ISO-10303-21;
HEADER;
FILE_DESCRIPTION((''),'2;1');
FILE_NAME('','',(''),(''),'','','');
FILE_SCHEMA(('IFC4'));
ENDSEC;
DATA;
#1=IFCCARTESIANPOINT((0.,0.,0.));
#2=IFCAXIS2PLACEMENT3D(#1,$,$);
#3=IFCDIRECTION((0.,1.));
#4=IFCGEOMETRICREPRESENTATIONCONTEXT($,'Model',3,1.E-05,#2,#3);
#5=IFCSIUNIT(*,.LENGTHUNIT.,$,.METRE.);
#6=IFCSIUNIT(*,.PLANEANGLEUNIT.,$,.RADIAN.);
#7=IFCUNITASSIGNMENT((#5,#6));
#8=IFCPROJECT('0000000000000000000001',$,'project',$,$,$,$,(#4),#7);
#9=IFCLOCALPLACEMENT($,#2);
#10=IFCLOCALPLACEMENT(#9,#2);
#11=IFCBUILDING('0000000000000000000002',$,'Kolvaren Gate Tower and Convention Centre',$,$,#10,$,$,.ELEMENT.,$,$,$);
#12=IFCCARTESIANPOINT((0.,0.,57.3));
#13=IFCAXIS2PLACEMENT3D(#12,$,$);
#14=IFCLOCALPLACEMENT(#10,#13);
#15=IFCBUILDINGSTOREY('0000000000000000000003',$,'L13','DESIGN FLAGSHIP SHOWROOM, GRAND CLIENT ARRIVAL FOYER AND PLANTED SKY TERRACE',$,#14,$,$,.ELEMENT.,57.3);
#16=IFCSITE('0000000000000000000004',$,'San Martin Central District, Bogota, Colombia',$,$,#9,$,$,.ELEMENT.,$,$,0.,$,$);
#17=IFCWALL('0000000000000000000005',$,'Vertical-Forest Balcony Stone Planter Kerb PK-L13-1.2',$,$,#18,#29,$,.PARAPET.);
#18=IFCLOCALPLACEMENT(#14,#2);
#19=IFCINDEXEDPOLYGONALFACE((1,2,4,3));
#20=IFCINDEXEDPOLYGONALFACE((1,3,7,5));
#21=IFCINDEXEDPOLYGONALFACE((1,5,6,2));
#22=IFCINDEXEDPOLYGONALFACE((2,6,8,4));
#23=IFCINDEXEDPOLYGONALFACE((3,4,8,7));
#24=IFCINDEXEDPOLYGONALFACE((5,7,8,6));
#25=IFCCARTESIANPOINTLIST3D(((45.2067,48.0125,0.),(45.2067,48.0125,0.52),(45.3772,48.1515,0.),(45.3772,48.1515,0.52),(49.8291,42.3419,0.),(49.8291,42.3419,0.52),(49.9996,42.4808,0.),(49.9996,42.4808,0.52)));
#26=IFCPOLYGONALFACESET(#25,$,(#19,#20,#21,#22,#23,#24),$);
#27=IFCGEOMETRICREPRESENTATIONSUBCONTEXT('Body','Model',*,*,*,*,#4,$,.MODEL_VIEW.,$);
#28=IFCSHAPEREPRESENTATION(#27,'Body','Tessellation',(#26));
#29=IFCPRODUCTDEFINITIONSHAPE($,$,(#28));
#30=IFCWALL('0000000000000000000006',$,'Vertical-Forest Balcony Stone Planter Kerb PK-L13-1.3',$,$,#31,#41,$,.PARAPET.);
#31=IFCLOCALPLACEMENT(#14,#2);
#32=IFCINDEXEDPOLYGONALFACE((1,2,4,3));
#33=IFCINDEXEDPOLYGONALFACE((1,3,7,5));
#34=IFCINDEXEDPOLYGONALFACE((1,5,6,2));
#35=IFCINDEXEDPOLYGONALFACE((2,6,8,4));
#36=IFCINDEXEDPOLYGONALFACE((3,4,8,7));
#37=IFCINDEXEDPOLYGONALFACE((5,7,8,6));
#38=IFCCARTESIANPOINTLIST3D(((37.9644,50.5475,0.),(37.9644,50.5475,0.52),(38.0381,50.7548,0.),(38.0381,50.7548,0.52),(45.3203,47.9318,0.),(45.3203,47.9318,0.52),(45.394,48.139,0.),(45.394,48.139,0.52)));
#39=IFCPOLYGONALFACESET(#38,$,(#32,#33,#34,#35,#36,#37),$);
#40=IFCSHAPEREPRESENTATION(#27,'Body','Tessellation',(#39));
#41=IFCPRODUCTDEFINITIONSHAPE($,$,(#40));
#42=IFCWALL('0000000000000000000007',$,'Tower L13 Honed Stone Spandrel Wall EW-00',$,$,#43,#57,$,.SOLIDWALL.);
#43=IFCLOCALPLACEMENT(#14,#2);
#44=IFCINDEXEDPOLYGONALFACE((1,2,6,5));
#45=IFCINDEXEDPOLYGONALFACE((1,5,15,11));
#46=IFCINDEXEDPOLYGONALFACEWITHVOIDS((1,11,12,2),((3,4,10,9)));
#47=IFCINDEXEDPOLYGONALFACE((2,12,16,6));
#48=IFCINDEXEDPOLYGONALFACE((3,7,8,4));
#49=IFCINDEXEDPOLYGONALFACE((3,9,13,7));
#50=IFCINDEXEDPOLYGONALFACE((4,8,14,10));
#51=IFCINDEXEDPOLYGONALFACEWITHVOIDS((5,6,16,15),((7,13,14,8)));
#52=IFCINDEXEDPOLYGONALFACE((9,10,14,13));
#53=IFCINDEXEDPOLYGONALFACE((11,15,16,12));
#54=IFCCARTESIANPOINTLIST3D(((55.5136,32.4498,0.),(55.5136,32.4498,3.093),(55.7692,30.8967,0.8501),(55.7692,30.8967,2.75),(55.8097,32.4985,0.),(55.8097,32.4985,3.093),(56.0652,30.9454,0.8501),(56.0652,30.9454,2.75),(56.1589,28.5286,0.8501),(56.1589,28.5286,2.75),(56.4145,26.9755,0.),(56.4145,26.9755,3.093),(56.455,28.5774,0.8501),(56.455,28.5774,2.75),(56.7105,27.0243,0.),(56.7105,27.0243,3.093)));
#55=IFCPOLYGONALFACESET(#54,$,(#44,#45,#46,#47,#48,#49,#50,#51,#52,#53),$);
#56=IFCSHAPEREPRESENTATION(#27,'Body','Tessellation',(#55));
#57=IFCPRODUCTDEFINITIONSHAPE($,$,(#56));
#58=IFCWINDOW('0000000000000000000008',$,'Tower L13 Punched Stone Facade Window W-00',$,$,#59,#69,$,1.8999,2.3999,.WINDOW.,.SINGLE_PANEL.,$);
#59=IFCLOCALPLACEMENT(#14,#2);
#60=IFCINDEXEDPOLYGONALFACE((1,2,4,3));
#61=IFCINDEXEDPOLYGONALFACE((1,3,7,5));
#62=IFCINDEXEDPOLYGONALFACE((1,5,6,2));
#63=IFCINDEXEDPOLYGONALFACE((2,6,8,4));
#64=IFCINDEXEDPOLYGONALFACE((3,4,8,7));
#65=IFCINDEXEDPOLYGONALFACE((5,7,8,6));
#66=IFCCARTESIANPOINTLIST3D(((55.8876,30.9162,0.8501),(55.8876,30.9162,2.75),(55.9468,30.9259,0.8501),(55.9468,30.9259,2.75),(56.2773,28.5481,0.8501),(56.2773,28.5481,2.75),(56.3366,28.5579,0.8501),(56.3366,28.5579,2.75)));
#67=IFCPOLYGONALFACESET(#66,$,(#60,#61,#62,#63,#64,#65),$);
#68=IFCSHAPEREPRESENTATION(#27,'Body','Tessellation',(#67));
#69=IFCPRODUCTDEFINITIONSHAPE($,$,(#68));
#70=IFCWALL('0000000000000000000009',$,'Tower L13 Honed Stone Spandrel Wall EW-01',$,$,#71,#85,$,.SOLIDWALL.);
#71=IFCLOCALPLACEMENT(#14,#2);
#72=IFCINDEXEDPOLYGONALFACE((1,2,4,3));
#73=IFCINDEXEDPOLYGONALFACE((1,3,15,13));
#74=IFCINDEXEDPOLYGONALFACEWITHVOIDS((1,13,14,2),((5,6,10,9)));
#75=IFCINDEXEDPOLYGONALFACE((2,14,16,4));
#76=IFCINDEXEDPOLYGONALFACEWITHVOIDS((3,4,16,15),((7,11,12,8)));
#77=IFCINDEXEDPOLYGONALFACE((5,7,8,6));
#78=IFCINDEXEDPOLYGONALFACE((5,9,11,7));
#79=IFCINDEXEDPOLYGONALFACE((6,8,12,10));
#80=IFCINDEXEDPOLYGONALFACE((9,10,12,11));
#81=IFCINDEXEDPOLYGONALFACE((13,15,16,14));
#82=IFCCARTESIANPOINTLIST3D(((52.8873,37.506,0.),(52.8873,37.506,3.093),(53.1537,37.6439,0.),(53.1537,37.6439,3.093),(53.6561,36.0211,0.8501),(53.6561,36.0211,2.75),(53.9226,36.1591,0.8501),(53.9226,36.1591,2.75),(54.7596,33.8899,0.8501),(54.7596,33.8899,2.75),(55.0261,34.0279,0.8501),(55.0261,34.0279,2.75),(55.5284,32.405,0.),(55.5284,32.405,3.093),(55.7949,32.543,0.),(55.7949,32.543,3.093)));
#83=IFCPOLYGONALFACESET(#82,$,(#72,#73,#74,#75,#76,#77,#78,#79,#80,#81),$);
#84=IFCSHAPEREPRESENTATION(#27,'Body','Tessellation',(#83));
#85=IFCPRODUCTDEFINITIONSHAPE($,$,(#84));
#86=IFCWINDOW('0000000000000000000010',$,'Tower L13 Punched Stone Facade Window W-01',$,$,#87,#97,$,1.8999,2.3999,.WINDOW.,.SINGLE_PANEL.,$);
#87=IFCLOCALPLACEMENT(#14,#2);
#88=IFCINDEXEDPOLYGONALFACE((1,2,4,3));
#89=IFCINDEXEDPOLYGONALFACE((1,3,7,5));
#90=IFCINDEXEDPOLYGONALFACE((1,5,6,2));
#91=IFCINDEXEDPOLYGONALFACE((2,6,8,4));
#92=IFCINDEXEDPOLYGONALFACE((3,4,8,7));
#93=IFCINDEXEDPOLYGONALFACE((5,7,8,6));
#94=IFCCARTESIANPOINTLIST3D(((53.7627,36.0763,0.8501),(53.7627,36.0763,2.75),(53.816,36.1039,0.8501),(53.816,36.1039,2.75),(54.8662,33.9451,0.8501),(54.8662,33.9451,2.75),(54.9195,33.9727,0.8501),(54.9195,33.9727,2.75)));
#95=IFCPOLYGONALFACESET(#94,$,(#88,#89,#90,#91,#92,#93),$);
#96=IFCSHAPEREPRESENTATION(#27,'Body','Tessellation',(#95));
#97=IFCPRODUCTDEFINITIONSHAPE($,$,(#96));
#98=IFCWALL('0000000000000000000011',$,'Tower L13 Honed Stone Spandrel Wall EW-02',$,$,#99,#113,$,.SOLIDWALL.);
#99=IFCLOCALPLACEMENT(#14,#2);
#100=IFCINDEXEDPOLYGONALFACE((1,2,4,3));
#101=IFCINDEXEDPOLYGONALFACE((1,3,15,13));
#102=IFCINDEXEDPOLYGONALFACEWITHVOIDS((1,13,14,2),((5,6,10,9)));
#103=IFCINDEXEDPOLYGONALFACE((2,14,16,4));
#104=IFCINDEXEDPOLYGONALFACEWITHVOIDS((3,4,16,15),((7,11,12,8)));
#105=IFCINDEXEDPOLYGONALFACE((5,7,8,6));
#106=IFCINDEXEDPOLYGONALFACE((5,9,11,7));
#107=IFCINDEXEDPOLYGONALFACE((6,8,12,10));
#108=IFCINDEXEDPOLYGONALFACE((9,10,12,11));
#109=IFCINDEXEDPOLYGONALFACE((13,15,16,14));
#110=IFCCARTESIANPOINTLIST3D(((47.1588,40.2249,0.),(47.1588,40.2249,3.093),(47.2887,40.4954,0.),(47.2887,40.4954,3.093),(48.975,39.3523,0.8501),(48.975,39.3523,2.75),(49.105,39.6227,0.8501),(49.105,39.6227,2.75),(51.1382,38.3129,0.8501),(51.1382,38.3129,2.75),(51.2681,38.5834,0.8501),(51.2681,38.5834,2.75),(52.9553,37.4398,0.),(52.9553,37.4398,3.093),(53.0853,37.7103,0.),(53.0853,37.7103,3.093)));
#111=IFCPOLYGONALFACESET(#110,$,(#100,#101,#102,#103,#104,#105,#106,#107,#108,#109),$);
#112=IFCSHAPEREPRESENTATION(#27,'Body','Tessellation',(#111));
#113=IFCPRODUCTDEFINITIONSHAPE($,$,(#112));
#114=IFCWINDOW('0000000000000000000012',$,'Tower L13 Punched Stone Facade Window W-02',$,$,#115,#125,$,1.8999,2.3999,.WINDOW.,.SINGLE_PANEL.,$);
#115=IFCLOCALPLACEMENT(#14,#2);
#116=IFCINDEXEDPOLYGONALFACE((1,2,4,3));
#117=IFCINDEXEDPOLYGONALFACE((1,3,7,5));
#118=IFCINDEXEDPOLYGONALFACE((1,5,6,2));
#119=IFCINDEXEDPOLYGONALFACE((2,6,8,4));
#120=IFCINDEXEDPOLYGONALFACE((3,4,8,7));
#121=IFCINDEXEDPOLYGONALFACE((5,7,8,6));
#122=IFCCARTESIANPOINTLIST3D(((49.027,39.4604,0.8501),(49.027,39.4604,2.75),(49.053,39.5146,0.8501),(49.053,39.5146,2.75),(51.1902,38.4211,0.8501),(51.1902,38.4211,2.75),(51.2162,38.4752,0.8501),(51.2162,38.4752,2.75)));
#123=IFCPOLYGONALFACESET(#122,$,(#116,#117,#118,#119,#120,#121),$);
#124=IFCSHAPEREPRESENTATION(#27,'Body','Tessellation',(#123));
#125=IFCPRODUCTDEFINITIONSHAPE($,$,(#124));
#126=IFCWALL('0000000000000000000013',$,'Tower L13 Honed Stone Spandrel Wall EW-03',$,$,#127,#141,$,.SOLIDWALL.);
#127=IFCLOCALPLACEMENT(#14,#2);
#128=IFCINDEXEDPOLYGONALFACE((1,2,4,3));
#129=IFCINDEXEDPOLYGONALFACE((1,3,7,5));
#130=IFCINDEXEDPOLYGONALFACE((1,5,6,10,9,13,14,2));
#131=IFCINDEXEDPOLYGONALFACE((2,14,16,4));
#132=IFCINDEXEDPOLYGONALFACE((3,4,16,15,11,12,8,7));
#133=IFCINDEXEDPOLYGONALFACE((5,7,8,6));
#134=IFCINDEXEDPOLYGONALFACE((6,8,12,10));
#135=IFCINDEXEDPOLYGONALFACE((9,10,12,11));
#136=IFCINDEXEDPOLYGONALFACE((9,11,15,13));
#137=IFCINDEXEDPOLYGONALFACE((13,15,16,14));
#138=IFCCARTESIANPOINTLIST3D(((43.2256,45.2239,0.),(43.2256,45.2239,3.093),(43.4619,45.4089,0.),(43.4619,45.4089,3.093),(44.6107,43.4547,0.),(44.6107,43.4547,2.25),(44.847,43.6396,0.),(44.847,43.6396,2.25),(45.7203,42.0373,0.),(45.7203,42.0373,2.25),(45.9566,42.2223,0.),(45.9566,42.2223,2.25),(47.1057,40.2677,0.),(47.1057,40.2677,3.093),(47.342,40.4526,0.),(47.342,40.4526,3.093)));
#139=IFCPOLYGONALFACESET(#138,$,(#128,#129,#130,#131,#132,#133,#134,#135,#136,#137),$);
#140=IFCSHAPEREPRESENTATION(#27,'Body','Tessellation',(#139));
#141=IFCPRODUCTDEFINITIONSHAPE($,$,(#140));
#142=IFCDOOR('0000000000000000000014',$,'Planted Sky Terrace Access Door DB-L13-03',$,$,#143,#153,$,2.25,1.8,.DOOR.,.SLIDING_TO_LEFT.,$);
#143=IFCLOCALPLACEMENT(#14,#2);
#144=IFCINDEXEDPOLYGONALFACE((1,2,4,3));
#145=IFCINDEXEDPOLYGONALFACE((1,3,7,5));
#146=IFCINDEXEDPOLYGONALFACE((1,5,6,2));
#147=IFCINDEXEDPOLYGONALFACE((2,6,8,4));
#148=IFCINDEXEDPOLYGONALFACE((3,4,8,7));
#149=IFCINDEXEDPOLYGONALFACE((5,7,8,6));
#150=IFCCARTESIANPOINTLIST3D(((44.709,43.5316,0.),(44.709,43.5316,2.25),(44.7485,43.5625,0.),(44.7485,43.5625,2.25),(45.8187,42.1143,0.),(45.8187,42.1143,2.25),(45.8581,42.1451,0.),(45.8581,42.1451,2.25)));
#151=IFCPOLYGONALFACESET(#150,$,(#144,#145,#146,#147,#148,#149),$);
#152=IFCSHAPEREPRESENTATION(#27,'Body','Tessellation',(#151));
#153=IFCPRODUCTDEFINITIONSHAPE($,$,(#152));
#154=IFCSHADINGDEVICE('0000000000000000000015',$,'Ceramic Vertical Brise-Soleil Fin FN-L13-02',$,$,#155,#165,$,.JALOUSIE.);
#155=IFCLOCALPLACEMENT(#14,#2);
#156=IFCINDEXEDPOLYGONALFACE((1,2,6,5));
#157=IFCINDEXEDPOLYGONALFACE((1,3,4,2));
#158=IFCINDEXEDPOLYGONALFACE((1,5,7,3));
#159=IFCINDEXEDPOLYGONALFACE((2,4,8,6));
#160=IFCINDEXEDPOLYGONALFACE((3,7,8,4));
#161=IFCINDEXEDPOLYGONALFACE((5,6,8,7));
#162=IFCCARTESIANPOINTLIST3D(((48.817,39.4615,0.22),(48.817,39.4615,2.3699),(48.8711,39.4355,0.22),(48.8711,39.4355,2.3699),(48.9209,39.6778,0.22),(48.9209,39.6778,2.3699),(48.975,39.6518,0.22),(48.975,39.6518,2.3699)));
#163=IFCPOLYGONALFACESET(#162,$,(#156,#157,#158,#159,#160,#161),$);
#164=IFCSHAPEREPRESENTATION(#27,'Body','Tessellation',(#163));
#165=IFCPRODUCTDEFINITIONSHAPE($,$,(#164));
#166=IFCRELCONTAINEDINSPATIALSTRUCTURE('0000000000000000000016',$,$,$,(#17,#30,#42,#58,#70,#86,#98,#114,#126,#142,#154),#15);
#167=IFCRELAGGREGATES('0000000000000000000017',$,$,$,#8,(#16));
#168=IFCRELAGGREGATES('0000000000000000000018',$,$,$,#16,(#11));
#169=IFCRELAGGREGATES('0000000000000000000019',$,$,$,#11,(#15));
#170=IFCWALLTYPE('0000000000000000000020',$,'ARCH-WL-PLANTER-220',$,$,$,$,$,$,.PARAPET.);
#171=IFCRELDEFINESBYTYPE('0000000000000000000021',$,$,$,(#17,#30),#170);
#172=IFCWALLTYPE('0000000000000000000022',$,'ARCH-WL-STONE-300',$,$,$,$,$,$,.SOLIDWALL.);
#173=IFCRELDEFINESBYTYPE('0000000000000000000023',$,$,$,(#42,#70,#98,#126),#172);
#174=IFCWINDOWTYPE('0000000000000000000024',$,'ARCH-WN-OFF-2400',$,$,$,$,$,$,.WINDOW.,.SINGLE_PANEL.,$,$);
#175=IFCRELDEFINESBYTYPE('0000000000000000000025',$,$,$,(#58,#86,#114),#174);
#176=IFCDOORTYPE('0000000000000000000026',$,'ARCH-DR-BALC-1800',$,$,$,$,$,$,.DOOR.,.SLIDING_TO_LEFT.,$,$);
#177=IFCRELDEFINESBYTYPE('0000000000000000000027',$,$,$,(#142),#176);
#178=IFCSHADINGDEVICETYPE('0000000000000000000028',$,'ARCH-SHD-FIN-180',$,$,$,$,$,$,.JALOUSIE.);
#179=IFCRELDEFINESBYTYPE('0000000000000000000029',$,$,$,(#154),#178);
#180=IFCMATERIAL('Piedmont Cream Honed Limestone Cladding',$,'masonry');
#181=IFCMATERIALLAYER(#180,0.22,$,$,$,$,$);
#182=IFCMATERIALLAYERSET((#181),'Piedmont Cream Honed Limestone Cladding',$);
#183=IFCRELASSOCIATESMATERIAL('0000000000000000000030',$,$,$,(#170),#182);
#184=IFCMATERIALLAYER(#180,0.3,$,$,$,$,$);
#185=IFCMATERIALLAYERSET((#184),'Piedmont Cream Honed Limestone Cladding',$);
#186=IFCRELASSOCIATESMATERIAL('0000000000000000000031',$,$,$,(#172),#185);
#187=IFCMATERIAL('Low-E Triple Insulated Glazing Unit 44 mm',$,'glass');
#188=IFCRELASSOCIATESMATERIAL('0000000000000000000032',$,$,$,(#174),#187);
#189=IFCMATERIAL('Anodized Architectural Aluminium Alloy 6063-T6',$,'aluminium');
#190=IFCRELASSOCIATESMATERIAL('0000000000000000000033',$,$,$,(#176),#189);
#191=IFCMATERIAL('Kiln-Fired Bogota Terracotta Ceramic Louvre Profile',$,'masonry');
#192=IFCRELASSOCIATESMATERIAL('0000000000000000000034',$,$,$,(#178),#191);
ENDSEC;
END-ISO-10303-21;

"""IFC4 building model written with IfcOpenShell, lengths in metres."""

from ifc_helpers import new_model, si_unit, direction, frame, frame_2d, origin, origin_2d, place, context, subcontext, project, spatial, rectangle, extrude, material, layer, layer_set, type_object, element, fill, save


model = new_model("IFC4")

# Units and contexts
model_context = context("Model", 3, precision=1e-05, world=origin(), true_north=direction((0.0, 1.0)))
body_context = subcontext(model_context, "Body", "Model", "MODEL_VIEW")
ifc_project = project(units=[si_unit("LENGTHUNIT", "METRE"), si_unit("PLANEANGLEUNIT", "RADIAN")], contexts=[model_context])

# Site, building, storey
site_placement = place(None, origin())
site = spatial("IfcSite", under=ifc_project, at=site_placement, Name="San Martin Central District, Bogota, Colombia", CompositionType="ELEMENT", RefElevation=0.0)
building_placement = place(site_placement, origin())
building = spatial("IfcBuilding", under=site, at=building_placement, Name="Kolvaren Gate Tower and Convention Centre", CompositionType="ELEMENT")
storey_placement = place(building_placement, frame((0.0, 0.0, 57.3)))
storey = spatial("IfcBuildingStorey", under=building, at=storey_placement, Name="L13", Description="DESIGN FLAGSHIP SHOWROOM, GRAND CLIENT ARRIVAL FOYER AND PLANTED SKY TERRACE", CompositionType="ELEMENT", Elevation=57.3)

# Walls
ifc_material_1 = material(Name="Piedmont Cream Honed Limestone Cladding", Category="masonry")
ifc_layer_1 = layer(ifc_material_1, 0.22)
ifc_layer_set_1 = layer_set([ifc_layer_1], Name="Piedmont Cream Honed Limestone Cladding")
wall_type_1 = type_object("IfcWallType", Name="ARCH-WL-PLANTER-220", PredefinedType="PARAPET", material=ifc_layer_set_1)
wall_1_placement = place(storey_placement, frame((45.292, 48.082, 0.0), z_axis=(0.0, 0.0, 1.0), x_axis=(0.631819, -0.775116, 0.0)))
element("IfcWall", 1, at=wall_1_placement, inside=storey, type_object=wall_type_1, Name="Vertical-Forest Balcony Stone Planter Kerb PK-L13-1.2", PredefinedType="PARAPET", context=body_context, shape_type="SweptSolid", body=[
    extrude(rectangle(XDim=7.3159, YDim=0.22, at=frame_2d((3.658, 0.0))), origin(), (0.0, 0.0, 1.0), 0.52),
])
wall_2_placement = place(storey_placement, frame((38.0012, 50.6511, 0.0), z_axis=(0.0, 0.0, 1.0), x_axis=(0.942204, -0.335041, 0.0)))
element("IfcWall", 2, at=wall_2_placement, inside=storey, type_object=wall_type_1, Name="Vertical-Forest Balcony Stone Planter Kerb PK-L13-1.3", PredefinedType="PARAPET", context=body_context, shape_type="SweptSolid", body=[
    extrude(rectangle(XDim=7.8071, YDim=0.22, at=frame_2d((3.9036, 0.0))), origin(), (0.0, 0.0, 1.0), 0.52),
])

# Walls, openings, windows
ifc_layer_2 = layer(ifc_material_1, 0.3)
ifc_layer_set_2 = layer_set([ifc_layer_2], Name="Piedmont Cream Honed Limestone Cladding")
wall_type_2 = type_object("IfcWallType", Name="ARCH-WL-STONE-300", PredefinedType="SOLIDWALL", material=ifc_layer_set_2)
wall_3_placement = place(storey_placement, frame((55.6616, 32.4741, 0.0), z_axis=(0.0, 0.0, 1.0), x_axis=(0.162386, -0.986727, 0.0)))
wall_3 = element("IfcWall", 3, at=wall_3_placement, inside=storey, type_object=wall_type_2, Name="Tower L13 Honed Stone Spandrel Wall EW-00", PredefinedType="SOLIDWALL", context=body_context, shape_type="SweptSolid", body=[
    extrude(rectangle(XDim=5.5479, YDim=0.3, at=frame_2d((2.7739, 0.0))), origin(), (0.0, 0.0, 1.0), 3.093),
])
opening_1_placement = place(wall_3_placement, frame((1.574, 0.0, 0.8501)))
opening_1 = element("IfcOpeningElement", 4, at=opening_1_placement, cuts=wall_3, PredefinedType="OPENING", context=body_context, shape_type="SweptSolid", body=[
    extrude(rectangle(XDim=2.3999, YDim=1.8999, at=frame_2d((1.2, 0.95))), frame((0.0, 0.1599, 0.0), z_axis=(0.0, -1.0, 0.0), x_axis=(1.0, 0.0, 0.0)), (0.0, 0.0, 1.0), 0.3201),
])
ifc_material_2 = material(Name="Low-E Triple Insulated Glazing Unit 44 mm", Category="glass")
window_type = type_object("IfcWindowType", Name="ARCH-WN-OFF-2400", PartitioningType="SINGLE_PANEL", PredefinedType="WINDOW", material=ifc_material_2)
window_1_placement = place(opening_1_placement, origin())
window_1 = element("IfcWindow", 5, at=window_1_placement, inside=storey, type_object=window_type, Name="Tower L13 Punched Stone Facade Window W-00", OverallHeight=1.8999, OverallWidth=2.3999, PartitioningType="SINGLE_PANEL", PredefinedType="WINDOW", context=body_context, shape_type="SweptSolid", body=[
    extrude(rectangle(XDim=2.3999, YDim=1.8999, at=frame_2d((1.2, 0.95))), frame((0.0, 0.03, 0.0), z_axis=(0.0, -1.0, 0.0), x_axis=(1.0, 0.0, 0.0)), (0.0, 0.0, 1.0), 0.0601),
])
fill(opening_1, window_1)
wall_4_placement = place(storey_placement, frame((53.0205, 37.575, 0.0), z_axis=(0.0, 0.0, 1.0), x_axis=(0.459801, -0.888022, 0.0)))
wall_4 = element("IfcWall", 6, at=wall_4_placement, inside=storey, type_object=wall_type_2, Name="Tower L13 Honed Stone Spandrel Wall EW-01", PredefinedType="SOLIDWALL", context=body_context, shape_type="SweptSolid", body=[
    extrude(rectangle(XDim=5.7441, YDim=0.3, at=frame_2d((2.8721, 0.0))), origin(), (0.0, 0.0, 1.0), 3.093),
])
opening_2_placement = place(wall_4_placement, frame((1.6721, 0.0, 0.8501)))
opening_2 = element("IfcOpeningElement", 7, at=opening_2_placement, cuts=wall_4, PredefinedType="OPENING", context=body_context, shape_type="SweptSolid", body=[
    extrude(rectangle(XDim=2.3999, YDim=1.8999, at=frame_2d((1.2, 0.95))), frame((0.0, 0.1599, 0.0), z_axis=(0.0, -1.0, 0.0), x_axis=(1.0, 0.0, 0.0)), (0.0, 0.0, 1.0), 0.3201),
])
window_2_placement = place(opening_2_placement, origin())
window_2 = element("IfcWindow", 8, at=window_2_placement, inside=storey, type_object=window_type, Name="Tower L13 Punched Stone Facade Window W-01", OverallHeight=1.8999, OverallWidth=2.3999, PartitioningType="SINGLE_PANEL", PredefinedType="WINDOW", context=body_context, shape_type="SweptSolid", body=[
    extrude(rectangle(XDim=2.3999, YDim=1.8999, at=frame_2d((1.2, 0.95))), frame((0.0, 0.03, 0.0), z_axis=(0.0, -1.0, 0.0), x_axis=(1.0, 0.0, 0.0)), (0.0, 0.0, 1.0), 0.0601),
])
fill(opening_2, window_2)
wall_5_placement = place(storey_placement, frame((47.2239, 40.3601, 0.0), z_axis=(0.0, 0.0, 1.0), x_axis=(0.901355, -0.433082, 0.0)))
wall_5 = element("IfcWall", 9, at=wall_5_placement, inside=storey, type_object=wall_type_2, Name="Tower L13 Honed Stone Spandrel Wall EW-02", PredefinedType="SOLIDWALL", context=body_context, shape_type="SweptSolid", body=[
    extrude(rectangle(XDim=6.4309, YDim=0.3, at=frame_2d((3.2153, 0.0))), origin(), (0.0, 0.0, 1.0), 3.093),
])
opening_3_placement = place(wall_5_placement, frame((2.0149, 0.0, 0.8501)))
opening_3 = element("IfcOpeningElement", 10, at=opening_3_placement, cuts=wall_5, PredefinedType="OPENING", context=body_context, shape_type="SweptSolid", body=[
    extrude(rectangle(XDim=2.3999, YDim=1.8999, at=frame_2d((1.2, 0.95))), frame((0.0, 0.1599, 0.0), z_axis=(0.0, -1.0, 0.0), x_axis=(1.0, 0.0, 0.0)), (0.0, 0.0, 1.0), 0.3201),
])
window_3_placement = place(opening_3_placement, origin())
window_3 = element("IfcWindow", 11, at=window_3_placement, inside=storey, type_object=window_type, Name="Tower L13 Punched Stone Facade Window W-02", OverallHeight=1.8999, OverallWidth=2.3999, PartitioningType="SINGLE_PANEL", PredefinedType="WINDOW", context=body_context, shape_type="SweptSolid", body=[
    extrude(rectangle(XDim=2.3999, YDim=1.8999, at=frame_2d((1.2, 0.95))), frame((0.0, 0.03, 0.0), z_axis=(0.0, -1.0, 0.0), x_axis=(1.0, 0.0, 0.0)), (0.0, 0.0, 1.0), 0.0601),
])
fill(opening_3, window_3)

# Wall, opening, door
wall_6_placement = place(storey_placement, frame((43.3438, 45.3164, 0.0), z_axis=(0.0, 0.0, 1.0), x_axis=(0.616435, -0.787406, 0.0)))
wall_6 = element("IfcWall", 12, at=wall_6_placement, inside=storey, type_object=wall_type_2, Name="Tower L13 Honed Stone Spandrel Wall EW-03", PredefinedType="SOLIDWALL", context=body_context, shape_type="SweptSolid", body=[
    extrude(rectangle(XDim=6.2944, YDim=0.3, at=frame_2d((3.1472, 0.0))), origin(), (0.0, 0.0, 1.0), 3.093),
])
opening_4_placement = place(wall_6_placement, frame((2.2471, 0.0, 0.0)))
opening_4 = element("IfcOpeningElement", 13, at=opening_4_placement, cuts=wall_6, PredefinedType="OPENING", context=body_context, shape_type="SweptSolid", body=[
    extrude(rectangle(XDim=1.8, YDim=2.25, at=frame_2d((0.8999, 1.125))), frame((0.0, 0.1599, 0.0), z_axis=(0.0, -1.0, 0.0), x_axis=(1.0, 0.0, 0.0)), (0.0, 0.0, 1.0), 0.3201),
])
ifc_material_3 = material(Name="Anodized Architectural Aluminium Alloy 6063-T6", Category="aluminium")
door_type = type_object("IfcDoorType", Name="ARCH-DR-BALC-1800", OperationType="SLIDING_TO_LEFT", PredefinedType="DOOR", material=ifc_material_3)
door_placement = place(opening_4_placement, origin())
door = element("IfcDoor", 14, at=door_placement, inside=storey, type_object=door_type, Name="Planted Sky Terrace Access Door DB-L13-03", OperationType="SLIDING_TO_LEFT", OverallHeight=2.25, OverallWidth=1.8, PredefinedType="DOOR", context=body_context, shape_type="SweptSolid", body=[
    extrude(rectangle(XDim=1.8, YDim=2.25, at=frame_2d((0.8999, 1.125))), frame((0.0, 0.0249, 0.0), z_axis=(0.0, -1.0, 0.0), x_axis=(1.0, 0.0, 0.0)), (0.0, 0.0, 1.0), 0.05),
])
fill(opening_4, door)

# Shading device
ifc_material_4 = material(Name="Kiln-Fired Bogota Terracotta Ceramic Louvre Profile", Category="masonry")
shading_device_type = type_object("IfcShadingDeviceType", Name="ARCH-SHD-FIN-180", PredefinedType="JALOUSIE", material=ifc_material_4)
shading_device_placement = place(storey_placement, frame((48.896, 39.5566, 0.22), z_axis=(0.0, 0.0, 1.0), x_axis=(0.901358, -0.433076, 0.0)))
element("IfcShadingDevice", 15, at=shading_device_placement, inside=storey, type_object=shading_device_type, Name="Ceramic Vertical Brise-Soleil Fin FN-L13-02", PredefinedType="JALOUSIE", context=body_context, shape_type="SweptSolid", body=[
    extrude(rectangle(XDim=0.0601, YDim=0.24, at=origin_2d()), origin(), (0.0, 0.0, 1.0), 2.1499),
])

save(model, "model.ifc")
